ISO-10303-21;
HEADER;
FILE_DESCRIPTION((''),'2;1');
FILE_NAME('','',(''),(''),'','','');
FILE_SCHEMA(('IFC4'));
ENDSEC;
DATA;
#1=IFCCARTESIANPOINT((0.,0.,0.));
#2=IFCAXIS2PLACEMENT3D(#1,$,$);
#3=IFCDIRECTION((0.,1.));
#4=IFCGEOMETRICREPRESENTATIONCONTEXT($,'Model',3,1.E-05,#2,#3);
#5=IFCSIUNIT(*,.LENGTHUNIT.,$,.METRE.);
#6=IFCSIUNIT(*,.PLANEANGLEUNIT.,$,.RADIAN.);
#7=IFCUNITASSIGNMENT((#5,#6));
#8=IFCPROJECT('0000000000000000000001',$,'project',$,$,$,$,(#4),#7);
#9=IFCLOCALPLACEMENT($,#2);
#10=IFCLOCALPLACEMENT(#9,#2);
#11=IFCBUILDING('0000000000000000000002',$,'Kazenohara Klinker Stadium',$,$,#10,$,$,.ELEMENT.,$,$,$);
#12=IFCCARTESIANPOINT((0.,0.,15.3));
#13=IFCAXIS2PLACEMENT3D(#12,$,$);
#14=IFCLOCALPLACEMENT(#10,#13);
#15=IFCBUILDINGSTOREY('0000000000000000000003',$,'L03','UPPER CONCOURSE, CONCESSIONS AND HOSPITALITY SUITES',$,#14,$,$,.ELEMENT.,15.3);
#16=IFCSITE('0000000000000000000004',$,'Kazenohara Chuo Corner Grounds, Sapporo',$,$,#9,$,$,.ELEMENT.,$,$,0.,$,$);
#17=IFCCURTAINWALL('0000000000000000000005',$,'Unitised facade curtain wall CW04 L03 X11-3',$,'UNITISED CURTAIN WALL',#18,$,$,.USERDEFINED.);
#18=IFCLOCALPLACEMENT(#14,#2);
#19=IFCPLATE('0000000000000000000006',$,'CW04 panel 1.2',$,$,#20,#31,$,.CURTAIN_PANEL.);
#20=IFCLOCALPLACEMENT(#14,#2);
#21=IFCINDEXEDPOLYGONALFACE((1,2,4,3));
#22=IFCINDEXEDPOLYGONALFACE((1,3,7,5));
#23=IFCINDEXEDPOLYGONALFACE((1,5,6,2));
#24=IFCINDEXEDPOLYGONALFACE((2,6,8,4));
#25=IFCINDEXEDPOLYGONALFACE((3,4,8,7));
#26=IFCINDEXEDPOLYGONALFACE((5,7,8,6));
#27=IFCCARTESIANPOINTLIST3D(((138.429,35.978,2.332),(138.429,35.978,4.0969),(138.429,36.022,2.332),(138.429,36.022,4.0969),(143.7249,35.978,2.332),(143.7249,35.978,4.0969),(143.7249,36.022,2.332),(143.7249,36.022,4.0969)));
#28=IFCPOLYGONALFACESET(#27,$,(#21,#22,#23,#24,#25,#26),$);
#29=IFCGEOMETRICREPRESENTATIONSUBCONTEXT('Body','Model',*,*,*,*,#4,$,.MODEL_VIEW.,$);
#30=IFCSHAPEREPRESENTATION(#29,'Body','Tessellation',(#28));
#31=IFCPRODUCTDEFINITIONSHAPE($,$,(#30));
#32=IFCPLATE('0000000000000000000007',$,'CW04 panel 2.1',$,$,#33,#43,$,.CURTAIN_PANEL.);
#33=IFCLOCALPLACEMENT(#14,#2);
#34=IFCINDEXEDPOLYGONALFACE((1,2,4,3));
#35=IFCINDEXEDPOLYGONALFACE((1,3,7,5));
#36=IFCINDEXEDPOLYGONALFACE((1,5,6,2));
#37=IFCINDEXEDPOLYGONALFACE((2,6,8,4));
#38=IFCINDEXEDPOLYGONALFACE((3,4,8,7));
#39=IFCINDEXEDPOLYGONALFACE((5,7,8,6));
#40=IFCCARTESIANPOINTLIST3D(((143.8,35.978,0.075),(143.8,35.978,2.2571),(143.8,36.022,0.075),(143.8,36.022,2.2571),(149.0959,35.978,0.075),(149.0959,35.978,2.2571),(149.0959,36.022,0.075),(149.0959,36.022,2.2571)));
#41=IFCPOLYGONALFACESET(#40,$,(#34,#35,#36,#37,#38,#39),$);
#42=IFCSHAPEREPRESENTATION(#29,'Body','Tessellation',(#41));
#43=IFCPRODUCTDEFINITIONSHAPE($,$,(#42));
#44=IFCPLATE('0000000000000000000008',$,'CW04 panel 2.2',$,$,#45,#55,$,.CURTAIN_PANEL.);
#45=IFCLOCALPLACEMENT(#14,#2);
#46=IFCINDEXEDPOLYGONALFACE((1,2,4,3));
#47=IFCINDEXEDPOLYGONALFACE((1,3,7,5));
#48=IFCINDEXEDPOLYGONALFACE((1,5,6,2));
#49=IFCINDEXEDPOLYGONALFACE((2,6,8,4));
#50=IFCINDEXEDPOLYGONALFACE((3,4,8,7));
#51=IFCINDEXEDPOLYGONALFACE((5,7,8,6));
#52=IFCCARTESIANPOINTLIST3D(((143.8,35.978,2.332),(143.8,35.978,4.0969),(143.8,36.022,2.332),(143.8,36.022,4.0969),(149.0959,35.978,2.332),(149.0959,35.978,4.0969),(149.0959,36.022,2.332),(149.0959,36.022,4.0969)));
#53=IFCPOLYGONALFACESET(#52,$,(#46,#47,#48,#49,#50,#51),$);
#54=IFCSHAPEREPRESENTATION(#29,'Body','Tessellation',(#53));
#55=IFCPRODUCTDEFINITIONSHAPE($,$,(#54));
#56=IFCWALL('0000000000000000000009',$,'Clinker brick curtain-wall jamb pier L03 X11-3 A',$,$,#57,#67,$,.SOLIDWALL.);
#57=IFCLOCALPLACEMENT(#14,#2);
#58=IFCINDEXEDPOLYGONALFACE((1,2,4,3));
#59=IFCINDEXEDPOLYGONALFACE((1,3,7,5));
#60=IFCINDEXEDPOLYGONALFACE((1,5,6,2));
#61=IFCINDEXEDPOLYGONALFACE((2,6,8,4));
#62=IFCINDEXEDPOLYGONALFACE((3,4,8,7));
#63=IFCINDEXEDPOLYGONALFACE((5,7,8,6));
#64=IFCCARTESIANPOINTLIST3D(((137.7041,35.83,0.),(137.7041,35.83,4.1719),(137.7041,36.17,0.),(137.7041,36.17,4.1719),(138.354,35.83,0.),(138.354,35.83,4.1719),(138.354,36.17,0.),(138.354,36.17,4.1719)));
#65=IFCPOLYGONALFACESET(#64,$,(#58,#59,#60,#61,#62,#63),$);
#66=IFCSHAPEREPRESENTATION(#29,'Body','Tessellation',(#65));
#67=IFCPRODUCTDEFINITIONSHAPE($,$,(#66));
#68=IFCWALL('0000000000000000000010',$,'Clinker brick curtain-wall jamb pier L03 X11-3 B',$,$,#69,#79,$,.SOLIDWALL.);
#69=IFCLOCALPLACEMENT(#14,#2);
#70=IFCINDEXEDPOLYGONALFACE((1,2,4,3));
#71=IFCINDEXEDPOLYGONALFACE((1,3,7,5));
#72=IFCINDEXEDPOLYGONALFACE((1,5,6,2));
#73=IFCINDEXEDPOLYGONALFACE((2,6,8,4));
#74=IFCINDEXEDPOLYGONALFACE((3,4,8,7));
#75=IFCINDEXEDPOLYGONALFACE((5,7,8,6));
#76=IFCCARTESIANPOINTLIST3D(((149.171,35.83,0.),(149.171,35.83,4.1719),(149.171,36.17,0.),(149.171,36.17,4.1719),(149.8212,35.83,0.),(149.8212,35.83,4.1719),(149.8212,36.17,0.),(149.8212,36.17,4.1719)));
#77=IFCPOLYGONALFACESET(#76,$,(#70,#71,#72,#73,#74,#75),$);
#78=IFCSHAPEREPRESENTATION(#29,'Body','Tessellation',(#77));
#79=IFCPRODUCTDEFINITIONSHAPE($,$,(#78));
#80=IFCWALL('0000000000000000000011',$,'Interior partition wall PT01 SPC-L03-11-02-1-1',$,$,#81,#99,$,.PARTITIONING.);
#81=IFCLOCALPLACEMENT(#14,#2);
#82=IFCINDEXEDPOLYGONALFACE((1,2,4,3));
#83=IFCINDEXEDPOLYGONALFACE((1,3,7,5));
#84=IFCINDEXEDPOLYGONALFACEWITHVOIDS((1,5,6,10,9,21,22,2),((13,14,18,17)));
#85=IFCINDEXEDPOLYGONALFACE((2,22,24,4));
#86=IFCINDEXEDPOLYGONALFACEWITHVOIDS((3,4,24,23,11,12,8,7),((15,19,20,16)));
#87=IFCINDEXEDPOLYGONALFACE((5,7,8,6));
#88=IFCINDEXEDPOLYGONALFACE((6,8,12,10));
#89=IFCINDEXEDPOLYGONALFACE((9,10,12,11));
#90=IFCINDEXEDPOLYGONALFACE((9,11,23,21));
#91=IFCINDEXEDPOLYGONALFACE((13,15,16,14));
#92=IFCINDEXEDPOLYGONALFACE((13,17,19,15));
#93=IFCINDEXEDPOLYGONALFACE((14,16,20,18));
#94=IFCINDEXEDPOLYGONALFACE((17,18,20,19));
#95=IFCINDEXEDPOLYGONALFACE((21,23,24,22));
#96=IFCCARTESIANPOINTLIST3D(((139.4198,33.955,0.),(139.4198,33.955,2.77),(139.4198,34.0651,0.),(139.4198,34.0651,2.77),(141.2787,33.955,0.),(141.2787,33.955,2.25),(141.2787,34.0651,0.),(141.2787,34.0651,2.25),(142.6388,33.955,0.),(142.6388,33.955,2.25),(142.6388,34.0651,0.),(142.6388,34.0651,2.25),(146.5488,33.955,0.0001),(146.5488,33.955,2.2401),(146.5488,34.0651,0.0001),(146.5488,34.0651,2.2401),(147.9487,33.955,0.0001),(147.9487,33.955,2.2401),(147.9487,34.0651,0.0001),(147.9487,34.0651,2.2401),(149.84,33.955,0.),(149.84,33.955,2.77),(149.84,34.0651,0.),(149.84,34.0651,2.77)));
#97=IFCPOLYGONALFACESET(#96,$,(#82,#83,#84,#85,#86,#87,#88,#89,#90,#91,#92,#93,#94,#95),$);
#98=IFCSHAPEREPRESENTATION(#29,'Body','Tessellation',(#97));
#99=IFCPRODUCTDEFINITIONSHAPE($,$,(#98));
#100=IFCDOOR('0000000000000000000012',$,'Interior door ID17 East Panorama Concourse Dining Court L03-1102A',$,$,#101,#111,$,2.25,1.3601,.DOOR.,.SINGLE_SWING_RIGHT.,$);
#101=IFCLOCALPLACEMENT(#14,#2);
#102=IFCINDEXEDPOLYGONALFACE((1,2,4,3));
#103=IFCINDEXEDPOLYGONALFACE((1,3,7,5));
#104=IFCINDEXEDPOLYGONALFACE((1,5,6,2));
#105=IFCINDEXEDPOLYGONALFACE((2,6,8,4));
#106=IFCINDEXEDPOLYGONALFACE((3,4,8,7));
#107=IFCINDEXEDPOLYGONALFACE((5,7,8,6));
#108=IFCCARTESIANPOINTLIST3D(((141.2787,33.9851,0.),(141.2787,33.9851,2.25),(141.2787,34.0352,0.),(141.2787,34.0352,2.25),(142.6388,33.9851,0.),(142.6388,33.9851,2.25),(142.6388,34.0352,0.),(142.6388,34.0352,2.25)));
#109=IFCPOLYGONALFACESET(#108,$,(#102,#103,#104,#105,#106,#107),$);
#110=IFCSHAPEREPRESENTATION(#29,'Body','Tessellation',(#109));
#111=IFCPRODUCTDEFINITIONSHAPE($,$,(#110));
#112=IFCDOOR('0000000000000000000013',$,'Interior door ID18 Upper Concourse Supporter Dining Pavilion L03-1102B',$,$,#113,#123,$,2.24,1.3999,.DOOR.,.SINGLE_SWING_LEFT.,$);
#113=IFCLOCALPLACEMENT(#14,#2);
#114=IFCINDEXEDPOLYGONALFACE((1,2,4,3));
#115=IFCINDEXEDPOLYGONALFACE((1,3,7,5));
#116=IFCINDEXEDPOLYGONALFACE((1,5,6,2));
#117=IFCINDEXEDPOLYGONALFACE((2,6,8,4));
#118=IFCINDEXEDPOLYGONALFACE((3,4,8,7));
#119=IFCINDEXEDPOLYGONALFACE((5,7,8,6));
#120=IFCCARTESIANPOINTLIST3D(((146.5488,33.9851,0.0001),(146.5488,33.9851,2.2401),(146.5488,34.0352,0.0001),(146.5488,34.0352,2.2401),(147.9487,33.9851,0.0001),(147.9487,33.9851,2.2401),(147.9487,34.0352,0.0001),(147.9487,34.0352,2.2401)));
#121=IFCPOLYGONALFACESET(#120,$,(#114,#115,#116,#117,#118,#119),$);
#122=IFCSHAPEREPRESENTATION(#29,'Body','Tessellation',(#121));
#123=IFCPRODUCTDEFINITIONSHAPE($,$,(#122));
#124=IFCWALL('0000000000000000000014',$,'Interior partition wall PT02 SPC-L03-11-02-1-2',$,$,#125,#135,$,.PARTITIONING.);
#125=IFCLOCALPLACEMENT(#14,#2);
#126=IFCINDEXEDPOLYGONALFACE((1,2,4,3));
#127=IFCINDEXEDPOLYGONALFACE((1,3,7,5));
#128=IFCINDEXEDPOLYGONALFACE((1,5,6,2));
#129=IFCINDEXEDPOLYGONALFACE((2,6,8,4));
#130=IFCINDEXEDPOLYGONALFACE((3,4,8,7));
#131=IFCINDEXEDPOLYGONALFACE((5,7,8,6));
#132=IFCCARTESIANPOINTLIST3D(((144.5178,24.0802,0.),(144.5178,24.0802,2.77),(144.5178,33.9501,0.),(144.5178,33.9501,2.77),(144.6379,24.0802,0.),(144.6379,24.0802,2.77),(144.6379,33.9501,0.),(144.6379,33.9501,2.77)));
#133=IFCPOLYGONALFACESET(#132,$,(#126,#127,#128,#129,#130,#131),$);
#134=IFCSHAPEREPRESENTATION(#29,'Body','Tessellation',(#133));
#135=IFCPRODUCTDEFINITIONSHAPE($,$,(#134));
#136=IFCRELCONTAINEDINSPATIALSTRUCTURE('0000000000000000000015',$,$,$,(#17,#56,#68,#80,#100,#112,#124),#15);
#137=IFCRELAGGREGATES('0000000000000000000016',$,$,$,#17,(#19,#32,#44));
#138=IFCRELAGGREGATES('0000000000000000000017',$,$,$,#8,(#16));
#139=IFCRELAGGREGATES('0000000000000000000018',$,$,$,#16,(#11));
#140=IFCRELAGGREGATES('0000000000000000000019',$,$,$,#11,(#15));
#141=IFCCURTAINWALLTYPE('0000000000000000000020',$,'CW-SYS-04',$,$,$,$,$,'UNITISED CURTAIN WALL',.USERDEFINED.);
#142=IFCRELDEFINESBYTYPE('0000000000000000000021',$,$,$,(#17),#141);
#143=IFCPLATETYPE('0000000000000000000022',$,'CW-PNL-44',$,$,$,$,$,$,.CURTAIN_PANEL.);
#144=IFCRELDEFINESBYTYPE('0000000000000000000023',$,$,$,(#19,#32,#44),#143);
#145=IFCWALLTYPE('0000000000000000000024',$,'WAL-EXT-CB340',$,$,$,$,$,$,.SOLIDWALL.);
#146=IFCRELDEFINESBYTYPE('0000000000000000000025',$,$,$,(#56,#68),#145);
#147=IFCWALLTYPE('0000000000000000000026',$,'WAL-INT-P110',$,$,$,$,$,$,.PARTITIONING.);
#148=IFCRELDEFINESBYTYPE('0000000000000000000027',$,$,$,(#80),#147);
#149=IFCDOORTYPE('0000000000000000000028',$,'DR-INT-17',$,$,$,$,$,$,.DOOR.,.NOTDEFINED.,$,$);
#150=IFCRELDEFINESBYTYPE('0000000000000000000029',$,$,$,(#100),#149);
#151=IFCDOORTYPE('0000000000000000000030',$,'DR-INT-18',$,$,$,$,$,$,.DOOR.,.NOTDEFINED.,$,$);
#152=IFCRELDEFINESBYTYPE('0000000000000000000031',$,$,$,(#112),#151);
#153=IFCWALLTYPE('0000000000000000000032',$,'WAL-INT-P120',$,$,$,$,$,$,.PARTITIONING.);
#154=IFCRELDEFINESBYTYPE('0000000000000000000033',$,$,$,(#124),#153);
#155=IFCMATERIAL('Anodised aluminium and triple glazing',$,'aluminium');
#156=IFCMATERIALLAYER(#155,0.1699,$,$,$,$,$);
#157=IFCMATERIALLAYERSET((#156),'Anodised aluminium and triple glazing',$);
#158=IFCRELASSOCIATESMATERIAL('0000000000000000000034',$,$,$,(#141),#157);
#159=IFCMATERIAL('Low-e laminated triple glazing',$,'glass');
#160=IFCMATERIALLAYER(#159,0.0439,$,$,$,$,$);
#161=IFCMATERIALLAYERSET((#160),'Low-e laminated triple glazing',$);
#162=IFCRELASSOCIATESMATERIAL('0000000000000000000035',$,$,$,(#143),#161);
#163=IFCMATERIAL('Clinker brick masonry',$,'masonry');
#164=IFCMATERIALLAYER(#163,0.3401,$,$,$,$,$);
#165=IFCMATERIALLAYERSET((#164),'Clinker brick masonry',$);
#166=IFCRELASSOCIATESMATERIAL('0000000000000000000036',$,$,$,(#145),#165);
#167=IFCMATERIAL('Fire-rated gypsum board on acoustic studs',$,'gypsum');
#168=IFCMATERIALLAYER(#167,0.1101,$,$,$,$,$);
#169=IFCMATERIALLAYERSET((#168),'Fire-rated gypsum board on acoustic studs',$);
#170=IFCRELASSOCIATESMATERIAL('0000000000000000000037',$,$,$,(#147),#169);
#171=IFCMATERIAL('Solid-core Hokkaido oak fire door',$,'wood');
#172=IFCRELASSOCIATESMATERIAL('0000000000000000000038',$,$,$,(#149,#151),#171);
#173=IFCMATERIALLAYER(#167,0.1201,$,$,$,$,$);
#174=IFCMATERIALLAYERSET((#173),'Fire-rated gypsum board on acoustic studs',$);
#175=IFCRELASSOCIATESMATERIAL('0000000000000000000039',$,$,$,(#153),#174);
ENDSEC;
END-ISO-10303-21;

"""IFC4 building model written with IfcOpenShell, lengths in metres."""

from ifc_helpers import new_model, si_unit, direction, frame, frame_2d, origin, origin_2d, place, context, subcontext, project, spatial, rectangle, extrude, material, layer, layer_set, type_object, element, fill, aggregate, save


model = new_model("IFC4")

# Units and contexts
model_context = context("Model", 3, precision=1e-05, world=origin(), true_north=direction((0.0, 1.0)))
body_context = subcontext(model_context, "Body", "Model", "MODEL_VIEW")
ifc_project = project(units=[si_unit("LENGTHUNIT", "METRE"), si_unit("PLANEANGLEUNIT", "RADIAN")], contexts=[model_context])

# Site, building, storey
site_placement = place(None, origin())
site = spatial("IfcSite", under=ifc_project, at=site_placement, Name="Kazenohara Chuo Corner Grounds, Sapporo", CompositionType="ELEMENT", RefElevation=0.0)
building_placement = place(site_placement, origin())
building = spatial("IfcBuilding", under=site, at=building_placement, Name="Kazenohara Klinker Stadium", CompositionType="ELEMENT")
storey_placement = place(building_placement, frame((0.0, 0.0, 15.3)))
storey = spatial("IfcBuildingStorey", under=building, at=storey_placement, Name="L03", Description="UPPER CONCOURSE, CONCESSIONS AND HOSPITALITY SUITES", CompositionType="ELEMENT", Elevation=15.3)

# Curtain wall, plates
ifc_material_1 = material(Name="Anodised aluminium and triple glazing", Category="aluminium")
ifc_layer_1 = layer(ifc_material_1, 0.1699)
ifc_layer_set_1 = layer_set([ifc_layer_1], Name="Anodised aluminium and triple glazing")
curtain_wall_type = type_object("IfcCurtainWallType", Name="CW-SYS-04", ElementType="UNITISED CURTAIN WALL", PredefinedType="USERDEFINED", material=ifc_layer_set_1)
curtain_wall_placement = place(storey_placement, origin())
curtain_wall = element("IfcCurtainWall", 1, at=curtain_wall_placement, inside=storey, type_object=curtain_wall_type, Name="Unitised facade curtain wall CW04 L03 X11-3", ObjectType="UNITISED CURTAIN WALL", PredefinedType="USERDEFINED")
ifc_material_2 = material(Name="Low-e laminated triple glazing", Category="glass")
ifc_layer_2 = layer(ifc_material_2, 0.0439)
ifc_layer_set_2 = layer_set([ifc_layer_2], Name="Low-e laminated triple glazing")
plate_type = type_object("IfcPlateType", Name="CW-PNL-44", PredefinedType="CURTAIN_PANEL", material=ifc_layer_set_2)
plate_1_placement = place(storey_placement, frame((141.0769, 36.0, 2.332), z_axis=(0.0, 0.0, 1.0), x_axis=(1.0, 0.0, 0.0)))
plate_1 = element("IfcPlate", 2, at=plate_1_placement, type_object=plate_type, Name="CW04 panel 1.2", PredefinedType="CURTAIN_PANEL", context=body_context, shape_type="SweptSolid", body=[
    extrude(rectangle(XDim=5.2959, YDim=0.0439, at=origin_2d()), origin(), (0.0, 0.0, 1.0), 1.7649),
])
plate_2_placement = place(storey_placement, frame((146.448, 36.0, 0.075), z_axis=(0.0, 0.0, 1.0), x_axis=(1.0, 0.0, 0.0)))
plate_2 = element("IfcPlate", 3, at=plate_2_placement, type_object=plate_type, Name="CW04 panel 2.1", PredefinedType="CURTAIN_PANEL", context=body_context, shape_type="SweptSolid", body=[
    extrude(rectangle(XDim=5.2959, YDim=0.0439, at=origin_2d()), origin(), (0.0, 0.0, 1.0), 2.1821),
])
plate_3_placement = place(storey_placement, frame((146.448, 36.0, 2.332), z_axis=(0.0, 0.0, 1.0), x_axis=(1.0, 0.0, 0.0)))
plate_3 = element("IfcPlate", 4, at=plate_3_placement, type_object=plate_type, Name="CW04 panel 2.2", PredefinedType="CURTAIN_PANEL", context=body_context, shape_type="SweptSolid", body=[
    extrude(rectangle(XDim=5.2959, YDim=0.0439, at=origin_2d()), origin(), (0.0, 0.0, 1.0), 1.7649),
])
aggregate(curtain_wall, [plate_1, plate_2, plate_3])

# Walls
ifc_material_3 = material(Name="Clinker brick masonry", Category="masonry")
ifc_layer_3 = layer(ifc_material_3, 0.3401)
ifc_layer_set_3 = layer_set([ifc_layer_3], Name="Clinker brick masonry")
wall_type_1 = type_object("IfcWallType", Name="WAL-EXT-CB340", PredefinedType="SOLIDWALL", material=ifc_layer_set_3)
wall_1_placement = place(storey_placement, frame((137.7041, 36.0, 0.0), z_axis=(0.0, 0.0, 1.0), x_axis=(1.0, 0.0, 0.0)))
element("IfcWall", 5, at=wall_1_placement, inside=storey, type_object=wall_type_1, Name="Clinker brick curtain-wall jamb pier L03 X11-3 A", PredefinedType="SOLIDWALL", context=body_context, shape_type="SweptSolid", body=[
    extrude(rectangle(XDim=0.6499, YDim=0.3401, at=frame_2d((0.325, 0.0))), origin(), (0.0, 0.0, 1.0), 4.1719),
])
wall_2_placement = place(storey_placement, frame((149.1709, 36.0, 0.0), z_axis=(0.0, 0.0, 1.0), x_axis=(1.0, 0.0, 0.0)))
element("IfcWall", 6, at=wall_2_placement, inside=storey, type_object=wall_type_1, Name="Clinker brick curtain-wall jamb pier L03 X11-3 B", PredefinedType="SOLIDWALL", context=body_context, shape_type="SweptSolid", body=[
    extrude(rectangle(XDim=0.6501, YDim=0.3401, at=frame_2d((0.3252, 0.0))), origin(), (0.0, 0.0, 1.0), 4.1719),
])

# Wall, openings, doors
ifc_material_4 = material(Name="Fire-rated gypsum board on acoustic studs", Category="gypsum")
ifc_layer_4 = layer(ifc_material_4, 0.1101)
ifc_layer_set_4 = layer_set([ifc_layer_4], Name="Fire-rated gypsum board on acoustic studs")
wall_type_2 = type_object("IfcWallType", Name="WAL-INT-P110", PredefinedType="PARTITIONING", material=ifc_layer_set_4)
wall_3_placement = place(storey_placement, frame((139.4199, 34.01, 0.0), z_axis=(0.0, 0.0, 1.0), x_axis=(1.0, 0.0, 0.0)))
wall_3 = element("IfcWall", 7, at=wall_3_placement, inside=storey, type_object=wall_type_2, Name="Interior partition wall PT01 SPC-L03-11-02-1-1", PredefinedType="PARTITIONING", context=body_context, shape_type="SweptSolid", body=[
    extrude(rectangle(XDim=10.4202, YDim=0.1101, at=frame_2d((5.21, 0.0))), origin(), (0.0, 0.0, 1.0), 2.77),
])
opening_1_placement = place(wall_3_placement, frame((3.219, 0.0, 0.0), z_axis=(0.0, 0.0, 1.0), x_axis=(-1.0, 0.0, 0.0)))
opening_1 = element("IfcOpeningElement", 8, at=opening_1_placement, cuts=wall_3, PredefinedType="OPENING", context=body_context, shape_type="SweptSolid", body=[
    extrude(rectangle(XDim=1.3601, YDim=2.25, at=frame_2d((0.6802, 1.125))), frame((0.0, 0.0649, 0.0), z_axis=(0.0, -1.0, 0.0), x_axis=(1.0, 0.0, 0.0)), (0.0, 0.0, 1.0), 0.1301),
])
opening_2_placement = place(wall_3_placement, frame((8.5288, 0.0, 0.0), z_axis=(0.0, 0.0, 1.0), x_axis=(-1.0, 0.0, 0.0)))
opening_2 = element("IfcOpeningElement", 9, at=opening_2_placement, cuts=wall_3, PredefinedType="OPENING", context=body_context, shape_type="SweptSolid", body=[
    extrude(rectangle(XDim=1.3999, YDim=2.24, at=frame_2d((0.7, 1.1201))), frame((0.0, 0.0649, 0.0), z_axis=(0.0, -1.0, 0.0), x_axis=(1.0, 0.0, 0.0)), (0.0, 0.0, 1.0), 0.1301),
])
ifc_material_5 = material(Name="Solid-core Hokkaido oak fire door", Category="wood")
door_type_1 = type_object("IfcDoorType", Name="DR-INT-17", OperationType="NOTDEFINED", PredefinedType="DOOR", material=ifc_material_5)
door_1_placement = place(opening_1_placement, origin())
door_1 = element("IfcDoor", 10, at=door_1_placement, inside=storey, type_object=door_type_1, Name="Interior door ID17 East Panorama Concourse Dining Court L03-1102A", OperationType="SINGLE_SWING_RIGHT", OverallHeight=2.25, OverallWidth=1.3601, PredefinedType="DOOR", context=body_context, shape_type="SweptSolid", body=[
    extrude(rectangle(XDim=1.3601, YDim=2.25, at=frame_2d((0.6802, 1.125))), frame((0.0, 0.0249, 0.0), z_axis=(0.0, -1.0, 0.0), x_axis=(1.0, 0.0, 0.0)), (0.0, 0.0, 1.0), 0.05),
])
fill(opening_1, door_1)
door_type_2 = type_object("IfcDoorType", Name="DR-INT-18", OperationType="NOTDEFINED", PredefinedType="DOOR", material=ifc_material_5)
door_2_placement = place(opening_2_placement, origin())
door_2 = element("IfcDoor", 11, at=door_2_placement, inside=storey, type_object=door_type_2, Name="Interior door ID18 Upper Concourse Supporter Dining Pavilion L03-1102B", OperationType="SINGLE_SWING_LEFT", OverallHeight=2.24, OverallWidth=1.3999, PredefinedType="DOOR", context=body_context, shape_type="SweptSolid", body=[
    extrude(rectangle(XDim=1.3999, YDim=2.24, at=frame_2d((0.7, 1.1201))), frame((0.0, 0.0249, 0.0), z_axis=(0.0, -1.0, 0.0), x_axis=(1.0, 0.0, 0.0)), (0.0, 0.0, 1.0), 0.05),
])
fill(opening_2, door_2)

# Wall
ifc_layer_5 = layer(ifc_material_4, 0.1201)
ifc_layer_set_5 = layer_set([ifc_layer_5], Name="Fire-rated gypsum board on acoustic studs")
wall_type_3 = type_object("IfcWallType", Name="WAL-INT-P120", PredefinedType="PARTITIONING", material=ifc_layer_set_5)
wall_4_placement = place(storey_placement, frame((144.5779, 24.0801, 0.0), z_axis=(0.0, 0.0, 1.0), x_axis=(0.0, 1.0, 0.0)))
element("IfcWall", 12, at=wall_4_placement, inside=storey, type_object=wall_type_3, Name="Interior partition wall PT02 SPC-L03-11-02-1-2", PredefinedType="PARTITIONING", context=body_context, shape_type="SweptSolid", body=[
    extrude(rectangle(XDim=9.8699, YDim=0.1201, at=frame_2d((4.9351, 0.0))), origin(), (0.0, 0.0, 1.0), 2.77),
])

save(model, "model.ifc")
